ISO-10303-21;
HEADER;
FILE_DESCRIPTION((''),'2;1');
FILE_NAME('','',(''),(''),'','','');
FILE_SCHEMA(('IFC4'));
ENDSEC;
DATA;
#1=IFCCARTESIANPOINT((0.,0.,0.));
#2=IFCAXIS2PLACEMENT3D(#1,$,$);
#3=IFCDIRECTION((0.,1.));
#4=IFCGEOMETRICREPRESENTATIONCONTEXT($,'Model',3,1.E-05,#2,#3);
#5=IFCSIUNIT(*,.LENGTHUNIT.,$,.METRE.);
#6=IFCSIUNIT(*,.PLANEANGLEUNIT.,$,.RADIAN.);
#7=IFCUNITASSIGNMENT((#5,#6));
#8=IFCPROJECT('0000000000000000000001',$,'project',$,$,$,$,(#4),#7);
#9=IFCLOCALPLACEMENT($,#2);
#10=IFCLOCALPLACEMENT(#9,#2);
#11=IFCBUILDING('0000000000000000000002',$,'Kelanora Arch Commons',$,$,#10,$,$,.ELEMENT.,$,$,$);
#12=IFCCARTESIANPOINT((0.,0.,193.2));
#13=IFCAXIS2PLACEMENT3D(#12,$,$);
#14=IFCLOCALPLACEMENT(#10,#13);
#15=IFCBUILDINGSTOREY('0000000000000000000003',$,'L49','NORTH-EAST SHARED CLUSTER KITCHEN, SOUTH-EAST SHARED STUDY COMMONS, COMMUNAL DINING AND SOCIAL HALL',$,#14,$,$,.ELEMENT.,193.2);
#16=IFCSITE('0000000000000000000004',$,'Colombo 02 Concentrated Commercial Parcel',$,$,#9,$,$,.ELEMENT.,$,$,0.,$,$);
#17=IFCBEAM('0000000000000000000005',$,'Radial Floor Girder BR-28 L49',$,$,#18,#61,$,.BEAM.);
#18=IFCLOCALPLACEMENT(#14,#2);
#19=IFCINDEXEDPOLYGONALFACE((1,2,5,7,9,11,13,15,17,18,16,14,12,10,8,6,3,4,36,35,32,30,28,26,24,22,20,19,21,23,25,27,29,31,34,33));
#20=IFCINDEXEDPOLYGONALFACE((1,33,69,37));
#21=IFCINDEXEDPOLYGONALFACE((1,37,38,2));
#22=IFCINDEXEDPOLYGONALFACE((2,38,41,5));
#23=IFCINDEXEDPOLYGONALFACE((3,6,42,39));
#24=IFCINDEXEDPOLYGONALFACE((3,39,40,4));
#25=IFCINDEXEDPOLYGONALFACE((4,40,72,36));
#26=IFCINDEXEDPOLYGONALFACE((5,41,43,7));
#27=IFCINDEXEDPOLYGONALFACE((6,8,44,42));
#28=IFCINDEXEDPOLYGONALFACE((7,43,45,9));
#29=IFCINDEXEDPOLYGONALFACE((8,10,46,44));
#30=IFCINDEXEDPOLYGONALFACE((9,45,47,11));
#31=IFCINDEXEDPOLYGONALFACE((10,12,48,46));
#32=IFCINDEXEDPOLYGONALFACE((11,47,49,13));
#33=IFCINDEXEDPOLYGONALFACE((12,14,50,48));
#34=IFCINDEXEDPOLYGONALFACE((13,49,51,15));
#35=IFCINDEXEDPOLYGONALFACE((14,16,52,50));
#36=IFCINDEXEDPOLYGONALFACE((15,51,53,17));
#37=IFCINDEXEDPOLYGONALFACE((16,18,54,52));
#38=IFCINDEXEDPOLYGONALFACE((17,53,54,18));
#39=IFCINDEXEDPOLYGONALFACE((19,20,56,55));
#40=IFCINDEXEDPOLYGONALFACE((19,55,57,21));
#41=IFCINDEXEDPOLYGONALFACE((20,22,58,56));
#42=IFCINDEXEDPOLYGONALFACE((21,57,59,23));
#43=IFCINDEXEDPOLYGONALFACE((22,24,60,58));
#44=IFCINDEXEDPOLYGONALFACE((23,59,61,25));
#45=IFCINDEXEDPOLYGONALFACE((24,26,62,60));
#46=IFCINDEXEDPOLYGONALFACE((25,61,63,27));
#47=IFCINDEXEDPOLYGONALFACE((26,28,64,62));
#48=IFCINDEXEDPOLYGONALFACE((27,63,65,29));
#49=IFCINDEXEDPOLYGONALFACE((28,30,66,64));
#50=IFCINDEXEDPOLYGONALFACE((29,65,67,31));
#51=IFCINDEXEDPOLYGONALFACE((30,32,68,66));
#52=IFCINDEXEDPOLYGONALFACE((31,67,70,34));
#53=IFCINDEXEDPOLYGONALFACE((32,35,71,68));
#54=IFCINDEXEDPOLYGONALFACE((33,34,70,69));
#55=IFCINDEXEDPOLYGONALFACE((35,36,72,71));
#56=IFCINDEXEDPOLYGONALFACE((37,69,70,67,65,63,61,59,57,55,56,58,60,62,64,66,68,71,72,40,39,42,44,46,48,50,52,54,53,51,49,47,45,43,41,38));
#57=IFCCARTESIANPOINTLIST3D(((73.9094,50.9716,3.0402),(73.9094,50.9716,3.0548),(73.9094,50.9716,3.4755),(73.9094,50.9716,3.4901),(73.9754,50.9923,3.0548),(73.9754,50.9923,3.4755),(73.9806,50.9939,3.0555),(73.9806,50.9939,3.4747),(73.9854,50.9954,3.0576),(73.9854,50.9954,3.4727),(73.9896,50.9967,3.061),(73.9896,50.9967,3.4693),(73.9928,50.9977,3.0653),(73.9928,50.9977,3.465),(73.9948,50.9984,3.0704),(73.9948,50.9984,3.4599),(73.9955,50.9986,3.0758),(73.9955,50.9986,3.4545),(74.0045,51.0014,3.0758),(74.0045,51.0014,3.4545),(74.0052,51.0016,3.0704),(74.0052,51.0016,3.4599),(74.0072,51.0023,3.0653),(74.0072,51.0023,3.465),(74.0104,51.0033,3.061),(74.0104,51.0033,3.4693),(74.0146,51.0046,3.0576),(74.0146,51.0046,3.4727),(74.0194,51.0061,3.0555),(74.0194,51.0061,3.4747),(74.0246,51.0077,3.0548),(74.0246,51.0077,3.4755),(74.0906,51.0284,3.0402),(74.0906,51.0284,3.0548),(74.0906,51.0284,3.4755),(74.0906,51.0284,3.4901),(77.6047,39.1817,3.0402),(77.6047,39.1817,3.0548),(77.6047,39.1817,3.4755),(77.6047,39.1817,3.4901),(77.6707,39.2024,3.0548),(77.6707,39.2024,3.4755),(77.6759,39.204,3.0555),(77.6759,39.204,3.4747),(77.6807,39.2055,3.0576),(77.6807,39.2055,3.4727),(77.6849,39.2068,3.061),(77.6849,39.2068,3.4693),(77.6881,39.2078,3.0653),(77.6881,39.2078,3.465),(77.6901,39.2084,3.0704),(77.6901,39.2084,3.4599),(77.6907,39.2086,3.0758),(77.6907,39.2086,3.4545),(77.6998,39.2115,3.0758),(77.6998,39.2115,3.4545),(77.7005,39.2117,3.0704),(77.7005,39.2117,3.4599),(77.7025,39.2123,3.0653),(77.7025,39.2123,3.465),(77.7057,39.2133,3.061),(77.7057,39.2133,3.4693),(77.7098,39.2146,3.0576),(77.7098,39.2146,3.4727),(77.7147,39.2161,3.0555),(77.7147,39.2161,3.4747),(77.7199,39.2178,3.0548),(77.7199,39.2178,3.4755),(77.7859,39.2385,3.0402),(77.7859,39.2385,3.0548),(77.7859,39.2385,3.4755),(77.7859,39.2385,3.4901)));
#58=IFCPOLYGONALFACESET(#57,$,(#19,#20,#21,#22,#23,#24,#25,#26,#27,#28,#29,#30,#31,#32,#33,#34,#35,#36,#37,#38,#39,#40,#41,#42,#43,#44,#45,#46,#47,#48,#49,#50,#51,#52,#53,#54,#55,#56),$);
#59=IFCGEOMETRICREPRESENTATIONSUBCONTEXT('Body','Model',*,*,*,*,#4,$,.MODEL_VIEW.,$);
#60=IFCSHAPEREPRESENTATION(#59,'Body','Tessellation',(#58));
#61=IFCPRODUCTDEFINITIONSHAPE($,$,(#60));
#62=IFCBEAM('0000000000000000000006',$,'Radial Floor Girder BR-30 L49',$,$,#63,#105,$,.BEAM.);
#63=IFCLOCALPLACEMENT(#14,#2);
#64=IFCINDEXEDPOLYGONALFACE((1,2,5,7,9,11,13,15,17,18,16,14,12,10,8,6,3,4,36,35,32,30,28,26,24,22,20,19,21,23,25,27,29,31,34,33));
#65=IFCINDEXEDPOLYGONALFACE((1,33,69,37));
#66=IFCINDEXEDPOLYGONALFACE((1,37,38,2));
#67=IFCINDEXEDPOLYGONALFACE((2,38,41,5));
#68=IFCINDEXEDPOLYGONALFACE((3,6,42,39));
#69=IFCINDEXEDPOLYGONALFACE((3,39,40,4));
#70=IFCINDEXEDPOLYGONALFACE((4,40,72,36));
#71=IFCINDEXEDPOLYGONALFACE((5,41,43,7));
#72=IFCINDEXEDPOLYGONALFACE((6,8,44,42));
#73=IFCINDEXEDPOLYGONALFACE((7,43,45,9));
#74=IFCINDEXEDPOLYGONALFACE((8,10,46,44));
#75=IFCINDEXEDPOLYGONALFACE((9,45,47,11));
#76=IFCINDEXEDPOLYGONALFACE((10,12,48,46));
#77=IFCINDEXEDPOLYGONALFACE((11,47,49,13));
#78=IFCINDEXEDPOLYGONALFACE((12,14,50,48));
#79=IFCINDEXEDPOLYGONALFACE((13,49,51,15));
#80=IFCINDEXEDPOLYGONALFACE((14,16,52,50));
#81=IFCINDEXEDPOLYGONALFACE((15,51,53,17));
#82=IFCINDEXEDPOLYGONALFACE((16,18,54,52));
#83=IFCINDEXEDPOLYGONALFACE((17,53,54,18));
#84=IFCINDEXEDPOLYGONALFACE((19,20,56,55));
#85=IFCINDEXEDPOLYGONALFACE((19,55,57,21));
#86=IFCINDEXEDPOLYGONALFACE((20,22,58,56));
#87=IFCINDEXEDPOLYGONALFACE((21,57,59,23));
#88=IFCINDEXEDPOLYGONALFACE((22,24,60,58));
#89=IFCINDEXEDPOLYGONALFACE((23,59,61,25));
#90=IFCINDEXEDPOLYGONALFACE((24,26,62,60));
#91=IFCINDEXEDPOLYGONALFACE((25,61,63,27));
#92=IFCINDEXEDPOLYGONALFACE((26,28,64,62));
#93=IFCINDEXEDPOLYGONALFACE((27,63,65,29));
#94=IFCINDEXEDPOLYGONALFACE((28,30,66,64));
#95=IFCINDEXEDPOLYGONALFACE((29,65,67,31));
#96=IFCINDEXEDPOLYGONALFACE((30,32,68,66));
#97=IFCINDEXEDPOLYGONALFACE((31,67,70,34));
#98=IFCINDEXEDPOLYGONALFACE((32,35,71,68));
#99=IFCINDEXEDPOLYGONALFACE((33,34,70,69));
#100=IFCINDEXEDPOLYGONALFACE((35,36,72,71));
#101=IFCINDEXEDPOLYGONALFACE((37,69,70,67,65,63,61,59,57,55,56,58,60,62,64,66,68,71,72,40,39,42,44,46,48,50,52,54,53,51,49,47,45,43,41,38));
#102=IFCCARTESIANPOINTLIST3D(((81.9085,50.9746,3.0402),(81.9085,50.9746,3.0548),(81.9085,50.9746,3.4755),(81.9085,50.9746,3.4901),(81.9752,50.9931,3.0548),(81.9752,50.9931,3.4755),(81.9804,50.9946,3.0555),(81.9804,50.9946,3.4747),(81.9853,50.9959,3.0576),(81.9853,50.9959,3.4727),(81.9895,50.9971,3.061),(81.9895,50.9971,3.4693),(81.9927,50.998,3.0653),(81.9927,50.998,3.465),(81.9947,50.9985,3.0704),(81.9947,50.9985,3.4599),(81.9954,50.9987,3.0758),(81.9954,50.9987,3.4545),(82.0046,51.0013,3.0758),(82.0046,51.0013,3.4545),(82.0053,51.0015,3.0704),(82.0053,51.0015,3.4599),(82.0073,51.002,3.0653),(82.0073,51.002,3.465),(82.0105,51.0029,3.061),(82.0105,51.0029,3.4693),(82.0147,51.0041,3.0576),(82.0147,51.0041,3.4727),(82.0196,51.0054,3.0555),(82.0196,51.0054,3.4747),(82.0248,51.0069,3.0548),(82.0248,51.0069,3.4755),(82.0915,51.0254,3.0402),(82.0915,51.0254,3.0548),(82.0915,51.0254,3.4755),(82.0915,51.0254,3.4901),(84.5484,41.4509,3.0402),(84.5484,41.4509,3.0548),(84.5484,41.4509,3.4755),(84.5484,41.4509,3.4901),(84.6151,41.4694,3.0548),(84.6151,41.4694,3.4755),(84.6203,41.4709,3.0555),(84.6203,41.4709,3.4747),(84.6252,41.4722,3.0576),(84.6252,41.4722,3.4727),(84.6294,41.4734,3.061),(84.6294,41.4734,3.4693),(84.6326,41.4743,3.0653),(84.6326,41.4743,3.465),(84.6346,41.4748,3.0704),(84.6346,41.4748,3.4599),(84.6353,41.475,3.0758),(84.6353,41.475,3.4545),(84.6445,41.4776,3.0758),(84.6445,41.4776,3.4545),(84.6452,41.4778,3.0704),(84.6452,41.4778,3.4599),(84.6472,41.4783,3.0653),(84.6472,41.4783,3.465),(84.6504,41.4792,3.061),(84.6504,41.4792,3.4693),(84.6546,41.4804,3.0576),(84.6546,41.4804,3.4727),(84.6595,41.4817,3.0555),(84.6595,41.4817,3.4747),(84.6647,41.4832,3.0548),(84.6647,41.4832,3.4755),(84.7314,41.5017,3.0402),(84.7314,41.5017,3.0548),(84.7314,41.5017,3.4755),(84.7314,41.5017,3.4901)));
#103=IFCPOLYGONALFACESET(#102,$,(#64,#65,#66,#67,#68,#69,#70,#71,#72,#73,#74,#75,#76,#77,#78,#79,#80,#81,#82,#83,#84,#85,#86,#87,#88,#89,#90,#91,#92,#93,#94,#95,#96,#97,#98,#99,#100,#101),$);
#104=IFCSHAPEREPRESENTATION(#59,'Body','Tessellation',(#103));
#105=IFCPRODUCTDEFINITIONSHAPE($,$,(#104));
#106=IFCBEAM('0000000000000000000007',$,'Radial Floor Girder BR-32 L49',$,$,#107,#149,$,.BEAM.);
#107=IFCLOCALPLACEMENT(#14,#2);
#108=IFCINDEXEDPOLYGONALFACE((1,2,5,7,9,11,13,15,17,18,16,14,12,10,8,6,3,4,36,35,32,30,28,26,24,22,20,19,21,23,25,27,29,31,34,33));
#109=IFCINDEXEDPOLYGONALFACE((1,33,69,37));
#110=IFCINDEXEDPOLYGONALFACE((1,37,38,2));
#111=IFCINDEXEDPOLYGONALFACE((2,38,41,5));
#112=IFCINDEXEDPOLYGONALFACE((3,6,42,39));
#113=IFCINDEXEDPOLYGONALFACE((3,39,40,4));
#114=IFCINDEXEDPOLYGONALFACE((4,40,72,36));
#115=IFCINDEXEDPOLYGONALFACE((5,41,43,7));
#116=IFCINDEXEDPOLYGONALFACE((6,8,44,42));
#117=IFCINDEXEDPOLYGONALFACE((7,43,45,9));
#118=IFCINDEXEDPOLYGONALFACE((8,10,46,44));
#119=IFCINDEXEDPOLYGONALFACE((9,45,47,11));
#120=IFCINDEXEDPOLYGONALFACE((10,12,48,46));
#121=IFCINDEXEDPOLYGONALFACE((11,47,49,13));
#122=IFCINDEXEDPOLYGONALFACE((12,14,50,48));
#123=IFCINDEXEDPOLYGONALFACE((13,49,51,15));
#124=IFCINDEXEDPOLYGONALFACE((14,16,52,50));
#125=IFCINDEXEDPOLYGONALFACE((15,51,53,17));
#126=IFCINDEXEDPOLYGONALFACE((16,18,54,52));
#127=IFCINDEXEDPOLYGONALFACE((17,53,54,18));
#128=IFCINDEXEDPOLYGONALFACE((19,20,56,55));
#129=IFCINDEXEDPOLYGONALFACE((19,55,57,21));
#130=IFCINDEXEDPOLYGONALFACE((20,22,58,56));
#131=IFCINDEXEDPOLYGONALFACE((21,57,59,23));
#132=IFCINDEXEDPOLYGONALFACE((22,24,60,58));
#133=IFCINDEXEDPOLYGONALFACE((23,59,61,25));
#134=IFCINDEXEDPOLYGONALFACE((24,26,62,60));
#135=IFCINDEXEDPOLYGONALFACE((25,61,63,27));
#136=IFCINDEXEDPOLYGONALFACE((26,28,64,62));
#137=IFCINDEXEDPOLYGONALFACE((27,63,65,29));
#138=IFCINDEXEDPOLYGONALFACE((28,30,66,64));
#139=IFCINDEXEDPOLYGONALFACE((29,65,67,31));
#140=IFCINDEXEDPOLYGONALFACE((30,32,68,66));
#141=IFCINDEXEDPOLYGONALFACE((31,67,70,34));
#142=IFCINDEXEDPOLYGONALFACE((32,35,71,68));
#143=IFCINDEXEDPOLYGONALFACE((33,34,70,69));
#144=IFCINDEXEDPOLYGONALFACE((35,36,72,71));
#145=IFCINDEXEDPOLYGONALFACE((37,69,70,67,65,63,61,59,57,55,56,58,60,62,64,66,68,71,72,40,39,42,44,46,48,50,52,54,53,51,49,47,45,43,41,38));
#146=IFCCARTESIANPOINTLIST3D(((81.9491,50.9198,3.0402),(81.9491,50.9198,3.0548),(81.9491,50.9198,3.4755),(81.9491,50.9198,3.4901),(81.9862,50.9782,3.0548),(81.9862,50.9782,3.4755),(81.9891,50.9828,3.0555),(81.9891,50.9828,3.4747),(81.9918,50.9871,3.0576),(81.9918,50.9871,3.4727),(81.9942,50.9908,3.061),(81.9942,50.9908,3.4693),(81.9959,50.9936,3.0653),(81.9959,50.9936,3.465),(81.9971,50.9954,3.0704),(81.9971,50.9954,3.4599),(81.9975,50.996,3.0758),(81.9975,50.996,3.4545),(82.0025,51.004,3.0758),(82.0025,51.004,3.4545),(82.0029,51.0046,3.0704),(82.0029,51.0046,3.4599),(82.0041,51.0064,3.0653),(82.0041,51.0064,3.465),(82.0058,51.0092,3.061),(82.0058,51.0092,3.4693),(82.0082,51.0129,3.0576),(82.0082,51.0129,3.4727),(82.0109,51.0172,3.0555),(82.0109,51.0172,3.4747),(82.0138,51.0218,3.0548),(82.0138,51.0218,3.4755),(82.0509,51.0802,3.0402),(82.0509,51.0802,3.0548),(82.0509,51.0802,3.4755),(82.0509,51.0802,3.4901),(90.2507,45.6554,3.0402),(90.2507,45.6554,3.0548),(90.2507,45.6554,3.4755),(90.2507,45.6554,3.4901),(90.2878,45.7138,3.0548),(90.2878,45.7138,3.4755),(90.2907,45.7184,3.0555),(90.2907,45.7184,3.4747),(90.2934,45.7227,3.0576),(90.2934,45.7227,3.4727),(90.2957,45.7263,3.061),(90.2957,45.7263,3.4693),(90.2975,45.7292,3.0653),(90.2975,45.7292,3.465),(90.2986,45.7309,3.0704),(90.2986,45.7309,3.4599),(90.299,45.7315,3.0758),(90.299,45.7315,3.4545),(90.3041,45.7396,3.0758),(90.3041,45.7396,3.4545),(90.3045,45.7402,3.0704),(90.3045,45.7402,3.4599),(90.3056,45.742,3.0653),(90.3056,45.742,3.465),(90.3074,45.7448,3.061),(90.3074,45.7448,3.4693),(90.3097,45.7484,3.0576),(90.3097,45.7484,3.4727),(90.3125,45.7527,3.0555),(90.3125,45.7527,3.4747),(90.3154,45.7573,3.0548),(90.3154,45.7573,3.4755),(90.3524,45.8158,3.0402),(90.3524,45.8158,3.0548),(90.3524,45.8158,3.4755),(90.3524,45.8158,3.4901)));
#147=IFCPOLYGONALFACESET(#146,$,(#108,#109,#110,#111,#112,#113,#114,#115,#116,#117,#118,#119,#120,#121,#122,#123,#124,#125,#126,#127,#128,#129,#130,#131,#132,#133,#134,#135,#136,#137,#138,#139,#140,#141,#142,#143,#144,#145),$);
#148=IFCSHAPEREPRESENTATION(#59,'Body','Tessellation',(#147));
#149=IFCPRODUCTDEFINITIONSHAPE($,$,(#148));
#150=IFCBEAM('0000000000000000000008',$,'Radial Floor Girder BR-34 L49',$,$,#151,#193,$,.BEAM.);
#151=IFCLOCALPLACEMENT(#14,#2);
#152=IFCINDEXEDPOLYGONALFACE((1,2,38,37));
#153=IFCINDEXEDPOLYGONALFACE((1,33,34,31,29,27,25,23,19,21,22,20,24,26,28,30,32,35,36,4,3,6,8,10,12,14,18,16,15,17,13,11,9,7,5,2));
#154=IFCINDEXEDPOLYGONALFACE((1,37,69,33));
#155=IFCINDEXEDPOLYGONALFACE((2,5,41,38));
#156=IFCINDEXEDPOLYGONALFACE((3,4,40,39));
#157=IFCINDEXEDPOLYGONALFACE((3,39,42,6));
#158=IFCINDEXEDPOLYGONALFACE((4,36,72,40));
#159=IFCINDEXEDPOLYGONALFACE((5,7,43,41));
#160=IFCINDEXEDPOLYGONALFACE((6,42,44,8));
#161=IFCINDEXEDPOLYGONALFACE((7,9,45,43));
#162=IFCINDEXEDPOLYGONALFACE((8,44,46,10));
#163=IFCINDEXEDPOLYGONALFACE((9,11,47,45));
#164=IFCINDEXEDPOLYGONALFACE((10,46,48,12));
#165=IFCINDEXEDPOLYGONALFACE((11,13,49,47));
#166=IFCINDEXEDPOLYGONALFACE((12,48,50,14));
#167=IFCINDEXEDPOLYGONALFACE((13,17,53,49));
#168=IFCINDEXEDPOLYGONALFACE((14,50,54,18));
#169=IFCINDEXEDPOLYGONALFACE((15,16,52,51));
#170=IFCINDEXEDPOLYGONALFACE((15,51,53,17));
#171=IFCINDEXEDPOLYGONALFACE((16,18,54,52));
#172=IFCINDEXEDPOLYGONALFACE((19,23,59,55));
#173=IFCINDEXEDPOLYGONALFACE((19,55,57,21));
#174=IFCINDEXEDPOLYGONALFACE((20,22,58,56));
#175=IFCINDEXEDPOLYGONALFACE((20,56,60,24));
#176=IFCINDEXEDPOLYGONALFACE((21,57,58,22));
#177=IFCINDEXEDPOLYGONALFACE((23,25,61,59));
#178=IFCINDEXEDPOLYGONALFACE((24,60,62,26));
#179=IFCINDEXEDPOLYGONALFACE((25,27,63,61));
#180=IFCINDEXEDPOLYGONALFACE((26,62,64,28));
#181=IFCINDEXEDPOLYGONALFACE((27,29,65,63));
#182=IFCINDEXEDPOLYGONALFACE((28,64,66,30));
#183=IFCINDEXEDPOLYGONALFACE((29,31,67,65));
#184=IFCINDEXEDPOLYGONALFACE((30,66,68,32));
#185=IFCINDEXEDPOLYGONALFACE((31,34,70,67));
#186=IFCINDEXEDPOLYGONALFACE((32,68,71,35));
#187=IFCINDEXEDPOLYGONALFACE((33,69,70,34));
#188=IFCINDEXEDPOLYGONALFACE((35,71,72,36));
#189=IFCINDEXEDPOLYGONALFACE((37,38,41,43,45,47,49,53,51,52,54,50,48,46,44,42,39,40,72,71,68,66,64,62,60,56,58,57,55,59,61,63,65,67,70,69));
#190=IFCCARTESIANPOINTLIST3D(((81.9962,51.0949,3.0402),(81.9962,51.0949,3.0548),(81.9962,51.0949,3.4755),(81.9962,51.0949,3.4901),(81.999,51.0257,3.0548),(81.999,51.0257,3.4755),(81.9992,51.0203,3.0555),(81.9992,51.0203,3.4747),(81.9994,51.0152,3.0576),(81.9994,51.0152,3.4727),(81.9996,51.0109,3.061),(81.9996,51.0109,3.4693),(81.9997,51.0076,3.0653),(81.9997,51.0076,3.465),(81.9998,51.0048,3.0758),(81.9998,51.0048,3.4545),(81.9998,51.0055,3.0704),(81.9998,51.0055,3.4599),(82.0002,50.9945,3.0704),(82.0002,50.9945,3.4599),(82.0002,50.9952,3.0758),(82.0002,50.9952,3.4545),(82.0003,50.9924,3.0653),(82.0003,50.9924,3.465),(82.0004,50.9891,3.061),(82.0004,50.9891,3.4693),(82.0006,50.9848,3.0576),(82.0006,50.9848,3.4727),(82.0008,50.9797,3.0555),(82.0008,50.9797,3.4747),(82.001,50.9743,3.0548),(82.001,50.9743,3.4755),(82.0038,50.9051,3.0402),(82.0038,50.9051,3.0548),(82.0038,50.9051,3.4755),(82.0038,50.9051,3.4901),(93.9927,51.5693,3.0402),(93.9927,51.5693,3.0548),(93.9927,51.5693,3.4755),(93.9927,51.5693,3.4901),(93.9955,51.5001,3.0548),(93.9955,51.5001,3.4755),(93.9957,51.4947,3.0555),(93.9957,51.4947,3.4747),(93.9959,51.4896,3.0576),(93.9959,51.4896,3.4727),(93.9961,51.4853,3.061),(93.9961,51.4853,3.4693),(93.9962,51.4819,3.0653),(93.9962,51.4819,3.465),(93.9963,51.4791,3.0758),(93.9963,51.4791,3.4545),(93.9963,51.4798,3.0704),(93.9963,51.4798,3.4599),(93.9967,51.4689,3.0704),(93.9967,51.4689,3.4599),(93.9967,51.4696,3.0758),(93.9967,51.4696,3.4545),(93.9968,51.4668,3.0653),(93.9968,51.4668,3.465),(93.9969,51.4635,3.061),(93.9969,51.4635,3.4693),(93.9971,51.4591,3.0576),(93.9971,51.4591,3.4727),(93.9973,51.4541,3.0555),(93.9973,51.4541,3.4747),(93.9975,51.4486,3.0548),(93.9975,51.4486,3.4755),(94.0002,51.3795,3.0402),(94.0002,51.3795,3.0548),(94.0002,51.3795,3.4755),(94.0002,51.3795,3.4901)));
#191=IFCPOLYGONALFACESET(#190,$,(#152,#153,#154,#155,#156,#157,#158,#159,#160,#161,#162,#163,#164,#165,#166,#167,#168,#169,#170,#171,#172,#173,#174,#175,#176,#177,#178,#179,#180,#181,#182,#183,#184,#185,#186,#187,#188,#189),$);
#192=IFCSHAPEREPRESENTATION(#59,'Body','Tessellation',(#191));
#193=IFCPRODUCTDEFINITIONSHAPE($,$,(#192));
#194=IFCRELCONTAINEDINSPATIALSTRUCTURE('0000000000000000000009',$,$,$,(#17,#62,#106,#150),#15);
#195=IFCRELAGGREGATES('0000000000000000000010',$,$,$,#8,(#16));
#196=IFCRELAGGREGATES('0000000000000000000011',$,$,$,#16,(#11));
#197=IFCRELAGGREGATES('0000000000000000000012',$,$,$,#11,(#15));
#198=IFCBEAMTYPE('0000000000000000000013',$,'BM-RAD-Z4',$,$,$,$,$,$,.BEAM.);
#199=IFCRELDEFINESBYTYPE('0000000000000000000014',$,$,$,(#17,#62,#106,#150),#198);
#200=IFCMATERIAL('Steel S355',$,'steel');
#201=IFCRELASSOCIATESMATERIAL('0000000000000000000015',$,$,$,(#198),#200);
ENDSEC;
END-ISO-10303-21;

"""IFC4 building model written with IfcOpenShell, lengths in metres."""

from ifc_helpers import new_model, si_unit, direction, frame, origin, origin_2d, place, context, subcontext, project, spatial, i_section, extrude, material, material_profile, profile_set, type_object, element, save


model = new_model("IFC4")

# Units and contexts
model_context = context("Model", 3, precision=1e-05, world=origin(), true_north=direction((0.0, 1.0)))
body_context = subcontext(model_context, "Body", "Model", "MODEL_VIEW")
ifc_project = project(units=[si_unit("LENGTHUNIT", "METRE"), si_unit("PLANEANGLEUNIT", "RADIAN")], contexts=[model_context])

# Site, building, storey
site_placement = place(None, origin())
site = spatial("IfcSite", under=ifc_project, at=site_placement, Name="Colombo 02 Concentrated Commercial Parcel", CompositionType="ELEMENT", RefElevation=0.0)
building_placement = place(site_placement, origin())
building = spatial("IfcBuilding", under=site, at=building_placement, Name="Kelanora Arch Commons", CompositionType="ELEMENT")
storey_placement = place(building_placement, frame((0.0, 0.0, 193.2)))
storey = spatial("IfcBuildingStorey", under=building, at=storey_placement, Name="L49", Description="NORTH-EAST SHARED CLUSTER KITCHEN, SOUTH-EAST SHARED STUDY COMMONS, COMMUNAL DINING AND SOCIAL HALL", CompositionType="ELEMENT", Elevation=193.2)

# Beams
ifc_material_1 = material(Name="Steel S355", Category="steel")
ifc_material_profile_1 = material_profile(ifc_material_1, i_section(OverallWidth=0.1899, OverallDepth=0.45, WebThickness=0.0095, FlangeThickness=0.0146, FilletRadius=0.021, at=origin_2d()), Name="IPE450")
ifc_profile_set_1 = profile_set([ifc_material_profile_1], Name="Steel S355")
beam_type_1 = type_object("IfcBeamType", Name="BM-RAD-Z4", PredefinedType="BEAM", material=ifc_profile_set_1)
for number, where, z_axis, x_axis, name in (
    (1, (74.0, 51.0, 3.2651), (0.29908, -0.954228, 0.0), (0.954228, 0.29908, 0.0), "Radial Floor Girder BR-28 L49"),
):
    element("IfcBeam", number, at=place(storey_placement, frame(where, z_axis=z_axis, x_axis=x_axis)), inside=storey, type_object=beam_type_1, Name=name, PredefinedType="BEAM", context=body_context, shape_type="SweptSolid", body=[
        extrude(i_section(OverallWidth=0.1899, OverallDepth=0.45, WebThickness=0.0095, FlangeThickness=0.0146, FilletRadius=0.021, at=origin_2d()), origin(), (0.0, 0.0, 1.0), 12.3555),
    ])
beam_1_placement = place(storey_placement, frame((82.0, 51.0, 3.2651), z_axis=(0.26712, -0.963663, 0.0), x_axis=(0.963663, 0.26712, 0.0)))
element("IfcBeam", 2, at=beam_1_placement, inside=storey, type_object=beam_type_1, Name="Radial Floor Girder BR-30 L49", PredefinedType="BEAM", context=body_context, shape_type="SweptSolid", body=[
    extrude(i_section(OverallWidth=0.1899, OverallDepth=0.45, WebThickness=0.0095, FlangeThickness=0.0146, FilletRadius=0.021, at=origin_2d()), origin(), (0.0, 0.0, 1.0), 9.8828),
])
beam_2_placement = place(storey_placement, frame((82.0, 51.0, 3.2651), z_axis=(0.844507, -0.535544, 0.0), x_axis=(0.535544, 0.844507, 0.0)))
element("IfcBeam", 3, at=beam_2_placement, inside=storey, type_object=beam_type_1, Name="Radial Floor Girder BR-32 L49", PredefinedType="BEAM", context=body_context, shape_type="SweptSolid", body=[
    extrude(i_section(OverallWidth=0.1899, OverallDepth=0.45, WebThickness=0.0095, FlangeThickness=0.0146, FilletRadius=0.021, at=origin_2d()), origin(), (0.0, 0.0, 1.0), 9.8301),
])
beam_3_placement = place(storey_placement, frame((82.0, 51.0, 3.2651), z_axis=(0.999219, 0.039511, 0.0), x_axis=(-0.039511, 0.999219, 0.0)))
element("IfcBeam", 4, at=beam_3_placement, inside=storey, type_object=beam_type_1, Name="Radial Floor Girder BR-34 L49", PredefinedType="BEAM", context=body_context, shape_type="SweptSolid", body=[
    extrude(i_section(OverallWidth=0.1899, OverallDepth=0.45, WebThickness=0.0095, FlangeThickness=0.0146, FilletRadius=0.021, at=origin_2d()), origin(), (0.0, 0.0, 1.0), 12.0059),
])

save(model, "model.ifc")
